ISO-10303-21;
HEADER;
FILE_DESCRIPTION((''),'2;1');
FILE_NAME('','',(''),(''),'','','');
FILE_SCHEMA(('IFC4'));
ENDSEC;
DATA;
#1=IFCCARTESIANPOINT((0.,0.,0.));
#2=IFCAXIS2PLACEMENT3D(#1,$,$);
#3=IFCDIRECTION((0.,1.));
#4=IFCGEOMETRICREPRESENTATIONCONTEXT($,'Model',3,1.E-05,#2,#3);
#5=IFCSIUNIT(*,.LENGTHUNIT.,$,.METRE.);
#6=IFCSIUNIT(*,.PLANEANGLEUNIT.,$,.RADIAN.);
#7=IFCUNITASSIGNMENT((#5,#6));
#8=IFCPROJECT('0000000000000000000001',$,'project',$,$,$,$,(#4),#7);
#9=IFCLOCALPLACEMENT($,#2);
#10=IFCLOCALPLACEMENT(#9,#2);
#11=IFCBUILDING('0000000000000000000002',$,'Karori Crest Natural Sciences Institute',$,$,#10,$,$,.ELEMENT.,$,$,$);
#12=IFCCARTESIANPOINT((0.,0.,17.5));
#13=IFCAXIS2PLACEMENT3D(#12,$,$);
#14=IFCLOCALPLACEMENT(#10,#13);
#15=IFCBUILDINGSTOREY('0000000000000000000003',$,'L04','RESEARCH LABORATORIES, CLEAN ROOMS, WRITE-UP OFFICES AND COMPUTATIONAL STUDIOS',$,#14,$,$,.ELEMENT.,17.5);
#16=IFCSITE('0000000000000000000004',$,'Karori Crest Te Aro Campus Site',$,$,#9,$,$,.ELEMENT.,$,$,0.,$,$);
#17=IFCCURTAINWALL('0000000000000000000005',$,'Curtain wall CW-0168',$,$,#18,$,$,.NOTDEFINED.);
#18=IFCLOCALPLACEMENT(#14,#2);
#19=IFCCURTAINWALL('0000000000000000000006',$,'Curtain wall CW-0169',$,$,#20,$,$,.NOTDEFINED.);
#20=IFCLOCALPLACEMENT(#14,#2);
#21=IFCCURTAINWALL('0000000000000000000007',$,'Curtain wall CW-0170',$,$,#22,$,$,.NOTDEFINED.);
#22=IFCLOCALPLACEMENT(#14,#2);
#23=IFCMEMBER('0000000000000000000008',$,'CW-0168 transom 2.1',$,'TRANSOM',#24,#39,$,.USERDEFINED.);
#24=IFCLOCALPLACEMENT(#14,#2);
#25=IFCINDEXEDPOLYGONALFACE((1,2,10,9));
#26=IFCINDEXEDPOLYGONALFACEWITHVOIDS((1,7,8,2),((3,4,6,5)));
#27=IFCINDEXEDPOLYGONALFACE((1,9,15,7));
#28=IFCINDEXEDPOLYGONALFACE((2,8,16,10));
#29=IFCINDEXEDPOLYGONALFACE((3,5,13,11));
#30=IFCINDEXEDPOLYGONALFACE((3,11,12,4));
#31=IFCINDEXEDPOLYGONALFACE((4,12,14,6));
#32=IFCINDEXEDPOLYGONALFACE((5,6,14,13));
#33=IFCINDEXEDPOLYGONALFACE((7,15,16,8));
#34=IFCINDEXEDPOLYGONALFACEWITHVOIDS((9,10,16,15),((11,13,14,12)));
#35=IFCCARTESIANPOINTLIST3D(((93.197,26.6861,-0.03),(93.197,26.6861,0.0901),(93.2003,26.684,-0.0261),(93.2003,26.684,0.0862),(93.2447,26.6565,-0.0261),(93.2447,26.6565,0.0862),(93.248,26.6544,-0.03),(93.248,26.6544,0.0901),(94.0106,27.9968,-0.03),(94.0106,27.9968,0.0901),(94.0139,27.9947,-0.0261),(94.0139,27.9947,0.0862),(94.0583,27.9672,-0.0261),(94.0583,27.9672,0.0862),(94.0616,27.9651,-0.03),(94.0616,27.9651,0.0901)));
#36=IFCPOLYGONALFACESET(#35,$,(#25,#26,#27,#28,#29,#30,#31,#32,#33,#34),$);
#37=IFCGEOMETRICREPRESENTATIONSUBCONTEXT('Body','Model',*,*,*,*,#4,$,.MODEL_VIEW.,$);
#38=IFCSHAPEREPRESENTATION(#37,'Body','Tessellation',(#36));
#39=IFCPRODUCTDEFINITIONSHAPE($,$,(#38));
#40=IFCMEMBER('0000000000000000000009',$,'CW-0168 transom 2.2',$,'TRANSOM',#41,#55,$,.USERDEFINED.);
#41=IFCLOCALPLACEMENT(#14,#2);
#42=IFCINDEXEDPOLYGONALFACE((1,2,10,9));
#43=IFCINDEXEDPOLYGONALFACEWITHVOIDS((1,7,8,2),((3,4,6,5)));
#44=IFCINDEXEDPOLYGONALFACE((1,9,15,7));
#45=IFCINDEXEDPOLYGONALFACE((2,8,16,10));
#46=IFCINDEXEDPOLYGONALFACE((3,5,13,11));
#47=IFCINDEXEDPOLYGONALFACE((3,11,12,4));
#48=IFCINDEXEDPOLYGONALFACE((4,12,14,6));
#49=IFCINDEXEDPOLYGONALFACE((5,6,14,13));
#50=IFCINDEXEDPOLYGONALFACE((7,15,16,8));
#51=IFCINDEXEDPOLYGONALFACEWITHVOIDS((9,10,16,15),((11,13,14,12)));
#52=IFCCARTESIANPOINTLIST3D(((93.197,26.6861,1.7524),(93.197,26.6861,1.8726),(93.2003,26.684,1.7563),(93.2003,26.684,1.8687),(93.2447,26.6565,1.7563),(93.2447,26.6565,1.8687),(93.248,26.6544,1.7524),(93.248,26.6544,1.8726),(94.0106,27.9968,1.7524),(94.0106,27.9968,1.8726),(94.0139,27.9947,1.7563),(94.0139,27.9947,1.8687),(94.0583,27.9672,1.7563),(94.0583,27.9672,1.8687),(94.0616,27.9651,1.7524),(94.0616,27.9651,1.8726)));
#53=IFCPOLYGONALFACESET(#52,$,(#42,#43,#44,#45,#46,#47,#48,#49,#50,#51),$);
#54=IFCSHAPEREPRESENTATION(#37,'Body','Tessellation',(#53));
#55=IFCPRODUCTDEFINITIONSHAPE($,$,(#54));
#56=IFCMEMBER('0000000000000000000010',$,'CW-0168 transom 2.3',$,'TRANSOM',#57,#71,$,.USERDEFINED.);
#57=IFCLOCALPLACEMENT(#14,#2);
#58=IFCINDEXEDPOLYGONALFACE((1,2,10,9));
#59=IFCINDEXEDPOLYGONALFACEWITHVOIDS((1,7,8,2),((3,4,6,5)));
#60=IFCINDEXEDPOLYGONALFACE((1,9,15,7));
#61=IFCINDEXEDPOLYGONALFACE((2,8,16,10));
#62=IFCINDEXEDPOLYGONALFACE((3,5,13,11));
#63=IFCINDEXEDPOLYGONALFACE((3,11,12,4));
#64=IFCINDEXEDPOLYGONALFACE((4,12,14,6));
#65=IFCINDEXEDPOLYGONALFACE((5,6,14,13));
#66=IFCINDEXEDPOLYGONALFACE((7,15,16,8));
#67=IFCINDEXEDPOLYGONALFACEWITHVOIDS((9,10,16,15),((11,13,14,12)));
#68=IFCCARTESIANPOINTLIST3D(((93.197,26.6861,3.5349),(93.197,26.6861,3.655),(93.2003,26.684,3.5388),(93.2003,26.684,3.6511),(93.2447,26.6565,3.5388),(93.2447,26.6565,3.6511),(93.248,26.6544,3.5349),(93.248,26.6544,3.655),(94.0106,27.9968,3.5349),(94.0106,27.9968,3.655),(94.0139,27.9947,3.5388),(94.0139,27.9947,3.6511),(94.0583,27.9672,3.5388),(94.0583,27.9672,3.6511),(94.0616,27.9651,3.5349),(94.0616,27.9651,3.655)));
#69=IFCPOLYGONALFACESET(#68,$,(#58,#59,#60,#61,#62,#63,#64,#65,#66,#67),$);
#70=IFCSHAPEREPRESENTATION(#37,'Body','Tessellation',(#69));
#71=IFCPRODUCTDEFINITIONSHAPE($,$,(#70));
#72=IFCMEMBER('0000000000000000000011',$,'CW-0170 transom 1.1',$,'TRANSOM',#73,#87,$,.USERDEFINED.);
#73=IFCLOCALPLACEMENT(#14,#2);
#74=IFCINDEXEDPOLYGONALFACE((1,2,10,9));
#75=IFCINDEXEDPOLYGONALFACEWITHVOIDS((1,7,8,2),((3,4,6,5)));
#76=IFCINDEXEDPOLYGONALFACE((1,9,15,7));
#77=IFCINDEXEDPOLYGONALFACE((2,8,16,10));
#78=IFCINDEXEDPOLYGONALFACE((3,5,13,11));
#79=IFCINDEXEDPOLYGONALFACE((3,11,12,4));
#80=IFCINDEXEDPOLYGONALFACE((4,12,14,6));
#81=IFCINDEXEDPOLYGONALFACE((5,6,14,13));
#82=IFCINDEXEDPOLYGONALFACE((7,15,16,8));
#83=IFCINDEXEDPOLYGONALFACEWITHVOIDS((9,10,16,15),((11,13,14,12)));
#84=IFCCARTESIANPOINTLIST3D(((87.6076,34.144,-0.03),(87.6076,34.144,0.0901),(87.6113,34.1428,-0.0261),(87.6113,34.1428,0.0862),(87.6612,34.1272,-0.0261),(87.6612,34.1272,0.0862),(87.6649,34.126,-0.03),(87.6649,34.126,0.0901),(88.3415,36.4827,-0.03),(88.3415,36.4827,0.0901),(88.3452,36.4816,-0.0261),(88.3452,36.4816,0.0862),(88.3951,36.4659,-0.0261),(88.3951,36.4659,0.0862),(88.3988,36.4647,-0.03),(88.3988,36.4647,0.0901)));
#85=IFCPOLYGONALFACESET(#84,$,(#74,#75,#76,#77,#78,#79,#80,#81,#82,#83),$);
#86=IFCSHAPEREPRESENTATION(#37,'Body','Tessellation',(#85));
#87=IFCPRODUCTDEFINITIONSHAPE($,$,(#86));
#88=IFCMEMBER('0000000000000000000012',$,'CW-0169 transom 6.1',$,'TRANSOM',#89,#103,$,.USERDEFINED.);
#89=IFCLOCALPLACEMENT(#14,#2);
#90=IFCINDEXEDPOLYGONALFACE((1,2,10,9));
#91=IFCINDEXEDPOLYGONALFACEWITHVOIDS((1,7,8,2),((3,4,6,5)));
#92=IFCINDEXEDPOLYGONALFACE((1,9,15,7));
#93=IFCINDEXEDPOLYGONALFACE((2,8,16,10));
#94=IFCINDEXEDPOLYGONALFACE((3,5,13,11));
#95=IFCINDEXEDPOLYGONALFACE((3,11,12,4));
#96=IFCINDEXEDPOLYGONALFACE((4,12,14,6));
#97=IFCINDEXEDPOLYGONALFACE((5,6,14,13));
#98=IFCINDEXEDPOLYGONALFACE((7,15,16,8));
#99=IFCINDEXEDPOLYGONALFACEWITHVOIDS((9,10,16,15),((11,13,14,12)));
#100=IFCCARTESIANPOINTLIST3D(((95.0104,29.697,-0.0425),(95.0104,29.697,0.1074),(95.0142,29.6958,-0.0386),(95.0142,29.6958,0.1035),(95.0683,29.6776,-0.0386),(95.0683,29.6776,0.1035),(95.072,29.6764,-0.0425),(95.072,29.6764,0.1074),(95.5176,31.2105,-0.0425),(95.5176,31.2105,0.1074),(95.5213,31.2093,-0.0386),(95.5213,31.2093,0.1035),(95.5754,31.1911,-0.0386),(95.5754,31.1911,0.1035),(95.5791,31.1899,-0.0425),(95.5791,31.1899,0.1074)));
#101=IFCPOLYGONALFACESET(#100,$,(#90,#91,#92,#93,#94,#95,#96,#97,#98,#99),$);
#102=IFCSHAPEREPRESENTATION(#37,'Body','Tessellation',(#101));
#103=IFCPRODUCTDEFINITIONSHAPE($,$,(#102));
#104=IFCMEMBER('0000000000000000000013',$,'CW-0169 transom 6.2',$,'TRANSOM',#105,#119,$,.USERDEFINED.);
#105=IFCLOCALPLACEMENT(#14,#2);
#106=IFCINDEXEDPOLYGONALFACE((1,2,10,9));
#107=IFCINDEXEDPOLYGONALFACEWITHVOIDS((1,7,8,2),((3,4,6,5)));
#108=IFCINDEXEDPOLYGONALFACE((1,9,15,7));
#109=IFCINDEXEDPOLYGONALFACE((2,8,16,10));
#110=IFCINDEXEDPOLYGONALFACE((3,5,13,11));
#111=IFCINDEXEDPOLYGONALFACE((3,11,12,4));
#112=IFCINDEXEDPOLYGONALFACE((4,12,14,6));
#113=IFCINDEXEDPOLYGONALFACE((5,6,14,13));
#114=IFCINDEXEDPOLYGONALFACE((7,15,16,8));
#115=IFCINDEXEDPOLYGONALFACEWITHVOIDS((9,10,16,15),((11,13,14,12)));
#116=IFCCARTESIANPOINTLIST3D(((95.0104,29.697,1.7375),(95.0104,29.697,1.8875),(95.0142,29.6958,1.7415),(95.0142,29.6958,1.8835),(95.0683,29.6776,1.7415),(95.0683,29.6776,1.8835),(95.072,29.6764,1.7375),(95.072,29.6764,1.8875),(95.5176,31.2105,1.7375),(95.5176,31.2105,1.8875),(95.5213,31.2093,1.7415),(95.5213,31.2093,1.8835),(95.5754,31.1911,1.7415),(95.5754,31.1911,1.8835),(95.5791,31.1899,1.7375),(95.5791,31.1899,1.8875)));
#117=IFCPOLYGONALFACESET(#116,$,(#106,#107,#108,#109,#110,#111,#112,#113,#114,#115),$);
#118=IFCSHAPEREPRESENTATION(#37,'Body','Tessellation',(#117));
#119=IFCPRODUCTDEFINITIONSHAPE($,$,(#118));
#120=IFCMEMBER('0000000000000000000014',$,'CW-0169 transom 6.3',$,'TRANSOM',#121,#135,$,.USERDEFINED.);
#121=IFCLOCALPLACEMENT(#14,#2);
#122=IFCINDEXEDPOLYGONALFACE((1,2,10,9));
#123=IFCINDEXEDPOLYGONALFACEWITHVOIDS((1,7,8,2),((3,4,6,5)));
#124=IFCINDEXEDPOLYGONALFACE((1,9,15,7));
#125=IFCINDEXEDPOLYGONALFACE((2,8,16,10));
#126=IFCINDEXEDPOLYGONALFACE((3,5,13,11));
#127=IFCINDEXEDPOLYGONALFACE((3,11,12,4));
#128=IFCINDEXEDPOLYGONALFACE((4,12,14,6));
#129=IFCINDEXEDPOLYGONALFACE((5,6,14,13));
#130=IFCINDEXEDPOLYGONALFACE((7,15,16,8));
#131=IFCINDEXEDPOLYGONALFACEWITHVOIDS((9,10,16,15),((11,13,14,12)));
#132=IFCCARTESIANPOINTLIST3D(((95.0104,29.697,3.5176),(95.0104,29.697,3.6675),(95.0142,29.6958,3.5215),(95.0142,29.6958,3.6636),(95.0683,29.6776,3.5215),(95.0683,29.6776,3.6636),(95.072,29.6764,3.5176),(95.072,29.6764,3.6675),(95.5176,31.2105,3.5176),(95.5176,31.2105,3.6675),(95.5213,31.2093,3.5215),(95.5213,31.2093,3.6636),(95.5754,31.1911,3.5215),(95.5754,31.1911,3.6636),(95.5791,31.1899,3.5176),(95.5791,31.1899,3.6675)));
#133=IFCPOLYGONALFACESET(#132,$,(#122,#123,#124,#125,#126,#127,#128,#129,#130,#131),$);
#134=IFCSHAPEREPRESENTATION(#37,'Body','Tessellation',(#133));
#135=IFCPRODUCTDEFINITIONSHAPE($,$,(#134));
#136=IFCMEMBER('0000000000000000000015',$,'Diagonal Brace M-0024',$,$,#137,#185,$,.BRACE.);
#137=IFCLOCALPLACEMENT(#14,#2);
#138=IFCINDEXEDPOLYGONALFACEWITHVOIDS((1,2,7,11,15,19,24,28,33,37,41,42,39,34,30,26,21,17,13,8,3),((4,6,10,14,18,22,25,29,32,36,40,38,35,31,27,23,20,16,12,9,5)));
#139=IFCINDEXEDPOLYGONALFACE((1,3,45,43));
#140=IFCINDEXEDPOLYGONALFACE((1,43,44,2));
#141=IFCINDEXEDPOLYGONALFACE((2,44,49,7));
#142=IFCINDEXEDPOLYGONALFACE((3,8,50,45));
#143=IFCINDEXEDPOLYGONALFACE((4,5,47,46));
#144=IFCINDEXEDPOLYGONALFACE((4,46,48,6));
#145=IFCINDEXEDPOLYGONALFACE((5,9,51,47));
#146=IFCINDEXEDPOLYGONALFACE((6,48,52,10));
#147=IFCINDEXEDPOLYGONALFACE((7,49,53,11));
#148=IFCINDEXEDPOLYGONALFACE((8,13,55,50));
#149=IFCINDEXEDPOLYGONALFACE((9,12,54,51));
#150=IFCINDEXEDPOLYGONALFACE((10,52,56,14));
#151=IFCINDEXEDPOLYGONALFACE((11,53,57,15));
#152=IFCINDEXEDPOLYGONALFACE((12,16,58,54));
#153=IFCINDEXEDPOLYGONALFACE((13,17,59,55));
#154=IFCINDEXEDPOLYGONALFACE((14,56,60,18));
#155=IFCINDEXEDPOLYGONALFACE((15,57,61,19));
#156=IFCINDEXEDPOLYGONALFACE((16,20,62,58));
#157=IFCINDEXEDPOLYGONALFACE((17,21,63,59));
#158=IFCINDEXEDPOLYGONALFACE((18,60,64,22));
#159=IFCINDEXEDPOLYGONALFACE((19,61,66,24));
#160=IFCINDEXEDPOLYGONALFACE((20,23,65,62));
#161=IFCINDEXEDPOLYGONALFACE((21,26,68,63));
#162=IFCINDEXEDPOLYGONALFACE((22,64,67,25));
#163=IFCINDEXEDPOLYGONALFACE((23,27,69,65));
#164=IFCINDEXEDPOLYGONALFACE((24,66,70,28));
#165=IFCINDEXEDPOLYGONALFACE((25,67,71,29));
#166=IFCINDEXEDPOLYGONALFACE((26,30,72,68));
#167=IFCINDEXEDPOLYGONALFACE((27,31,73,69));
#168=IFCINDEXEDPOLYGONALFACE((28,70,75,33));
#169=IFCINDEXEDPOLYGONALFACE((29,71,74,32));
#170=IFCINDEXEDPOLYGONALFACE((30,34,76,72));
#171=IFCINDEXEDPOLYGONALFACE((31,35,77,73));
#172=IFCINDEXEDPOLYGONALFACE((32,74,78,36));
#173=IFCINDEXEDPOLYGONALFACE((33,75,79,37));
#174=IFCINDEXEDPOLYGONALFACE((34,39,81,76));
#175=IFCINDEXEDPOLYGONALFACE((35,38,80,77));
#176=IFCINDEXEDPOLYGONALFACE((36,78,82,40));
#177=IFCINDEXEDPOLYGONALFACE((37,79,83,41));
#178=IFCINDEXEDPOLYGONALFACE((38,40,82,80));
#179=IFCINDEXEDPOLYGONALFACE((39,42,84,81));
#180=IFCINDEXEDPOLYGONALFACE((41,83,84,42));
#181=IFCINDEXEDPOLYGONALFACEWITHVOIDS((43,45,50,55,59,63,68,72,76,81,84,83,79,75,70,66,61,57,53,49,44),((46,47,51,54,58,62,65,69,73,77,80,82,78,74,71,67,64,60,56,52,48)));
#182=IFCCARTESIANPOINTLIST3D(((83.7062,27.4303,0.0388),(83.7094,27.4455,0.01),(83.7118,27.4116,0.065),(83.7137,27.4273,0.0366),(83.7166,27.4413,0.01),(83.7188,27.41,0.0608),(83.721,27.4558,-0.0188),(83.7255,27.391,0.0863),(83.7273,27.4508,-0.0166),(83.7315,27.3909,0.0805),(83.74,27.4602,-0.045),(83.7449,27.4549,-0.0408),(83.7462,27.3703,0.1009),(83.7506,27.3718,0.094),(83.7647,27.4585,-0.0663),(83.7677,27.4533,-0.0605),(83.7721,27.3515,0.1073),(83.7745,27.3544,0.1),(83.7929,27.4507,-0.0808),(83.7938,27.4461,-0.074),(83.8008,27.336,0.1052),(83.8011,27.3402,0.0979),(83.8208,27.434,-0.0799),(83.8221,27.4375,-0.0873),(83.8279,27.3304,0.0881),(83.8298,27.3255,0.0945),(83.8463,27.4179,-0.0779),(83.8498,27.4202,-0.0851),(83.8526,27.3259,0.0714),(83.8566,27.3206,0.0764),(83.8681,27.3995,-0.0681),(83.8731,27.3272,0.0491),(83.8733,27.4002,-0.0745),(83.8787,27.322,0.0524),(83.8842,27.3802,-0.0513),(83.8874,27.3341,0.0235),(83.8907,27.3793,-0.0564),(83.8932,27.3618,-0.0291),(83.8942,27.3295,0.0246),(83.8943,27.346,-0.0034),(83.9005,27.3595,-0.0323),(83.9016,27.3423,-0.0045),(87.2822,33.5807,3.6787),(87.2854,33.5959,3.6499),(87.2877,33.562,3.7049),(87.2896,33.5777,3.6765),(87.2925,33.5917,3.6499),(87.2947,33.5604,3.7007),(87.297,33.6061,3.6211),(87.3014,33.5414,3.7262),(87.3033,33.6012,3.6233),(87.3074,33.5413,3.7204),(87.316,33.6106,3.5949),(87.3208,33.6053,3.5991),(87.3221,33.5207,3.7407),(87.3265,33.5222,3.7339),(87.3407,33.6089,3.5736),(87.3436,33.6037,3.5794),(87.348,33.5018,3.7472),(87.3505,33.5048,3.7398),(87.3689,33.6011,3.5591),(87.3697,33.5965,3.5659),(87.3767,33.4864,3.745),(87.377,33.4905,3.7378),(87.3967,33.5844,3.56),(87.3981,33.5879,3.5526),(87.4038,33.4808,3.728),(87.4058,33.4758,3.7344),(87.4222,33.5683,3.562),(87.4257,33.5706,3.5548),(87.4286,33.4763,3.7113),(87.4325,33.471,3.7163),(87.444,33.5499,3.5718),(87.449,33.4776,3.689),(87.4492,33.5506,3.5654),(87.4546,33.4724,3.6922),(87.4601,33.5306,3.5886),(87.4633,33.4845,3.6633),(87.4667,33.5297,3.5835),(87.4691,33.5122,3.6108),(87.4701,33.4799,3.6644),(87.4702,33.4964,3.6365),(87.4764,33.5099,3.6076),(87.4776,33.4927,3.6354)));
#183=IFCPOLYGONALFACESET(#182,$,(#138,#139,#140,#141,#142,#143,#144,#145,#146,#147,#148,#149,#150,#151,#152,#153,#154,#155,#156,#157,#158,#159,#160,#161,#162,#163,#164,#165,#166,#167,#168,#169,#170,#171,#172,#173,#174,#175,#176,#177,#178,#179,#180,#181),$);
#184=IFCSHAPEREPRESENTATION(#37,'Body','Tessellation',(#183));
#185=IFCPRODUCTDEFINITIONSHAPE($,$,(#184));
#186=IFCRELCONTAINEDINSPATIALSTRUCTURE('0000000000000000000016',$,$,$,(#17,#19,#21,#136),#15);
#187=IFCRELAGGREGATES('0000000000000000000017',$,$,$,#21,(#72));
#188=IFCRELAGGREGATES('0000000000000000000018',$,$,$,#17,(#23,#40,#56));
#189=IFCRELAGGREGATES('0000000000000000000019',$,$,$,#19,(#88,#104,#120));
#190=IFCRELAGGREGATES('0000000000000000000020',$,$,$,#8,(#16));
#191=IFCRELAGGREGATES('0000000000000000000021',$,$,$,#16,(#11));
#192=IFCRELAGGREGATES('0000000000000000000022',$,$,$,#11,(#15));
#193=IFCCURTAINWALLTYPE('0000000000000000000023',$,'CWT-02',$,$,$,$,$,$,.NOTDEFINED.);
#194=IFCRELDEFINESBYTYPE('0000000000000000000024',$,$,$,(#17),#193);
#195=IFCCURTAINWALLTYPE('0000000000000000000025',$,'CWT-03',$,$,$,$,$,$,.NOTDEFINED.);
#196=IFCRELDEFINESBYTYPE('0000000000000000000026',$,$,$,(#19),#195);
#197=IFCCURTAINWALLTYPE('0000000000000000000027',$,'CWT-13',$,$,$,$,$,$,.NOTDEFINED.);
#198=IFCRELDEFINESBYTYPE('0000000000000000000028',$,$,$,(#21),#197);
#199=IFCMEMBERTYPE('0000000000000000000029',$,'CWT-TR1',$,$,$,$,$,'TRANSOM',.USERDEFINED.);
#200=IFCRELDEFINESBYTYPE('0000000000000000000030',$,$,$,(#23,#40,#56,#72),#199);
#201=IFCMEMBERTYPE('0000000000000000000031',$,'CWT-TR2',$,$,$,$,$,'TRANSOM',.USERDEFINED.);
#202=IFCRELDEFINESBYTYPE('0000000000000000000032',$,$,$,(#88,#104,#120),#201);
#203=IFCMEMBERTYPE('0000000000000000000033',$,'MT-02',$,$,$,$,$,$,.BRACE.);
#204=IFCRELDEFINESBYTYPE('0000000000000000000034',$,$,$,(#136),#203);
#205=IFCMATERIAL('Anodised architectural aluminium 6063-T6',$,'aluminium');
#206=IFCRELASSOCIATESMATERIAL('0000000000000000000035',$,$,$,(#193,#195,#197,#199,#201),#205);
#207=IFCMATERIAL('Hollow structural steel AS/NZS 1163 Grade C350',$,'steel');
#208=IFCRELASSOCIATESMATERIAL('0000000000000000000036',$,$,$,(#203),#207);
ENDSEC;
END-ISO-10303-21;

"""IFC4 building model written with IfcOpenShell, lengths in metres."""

from ifc_helpers import new_model, si_unit, direction, frame, origin, origin_2d, place, context, subcontext, project, spatial, hollow_rectangle, hollow_circle, extrude, material, material_profile, profile_set, type_object, element, aggregate, save


model = new_model("IFC4")

# Units and contexts
model_context = context("Model", 3, precision=1e-05, world=origin(), true_north=direction((0.0, 1.0)))
body_context = subcontext(model_context, "Body", "Model", "MODEL_VIEW")
ifc_project = project(units=[si_unit("LENGTHUNIT", "METRE"), si_unit("PLANEANGLEUNIT", "RADIAN")], contexts=[model_context])

# Site, building, storey
site_placement = place(None, origin())
site = spatial("IfcSite", under=ifc_project, at=site_placement, Name="Karori Crest Te Aro Campus Site", CompositionType="ELEMENT", RefElevation=0.0)
building_placement = place(site_placement, origin())
building = spatial("IfcBuilding", under=site, at=building_placement, Name="Karori Crest Natural Sciences Institute", CompositionType="ELEMENT")
storey_placement = place(building_placement, frame((0.0, 0.0, 17.5)))
storey = spatial("IfcBuildingStorey", under=building, at=storey_placement, Name="L04", Description="RESEARCH LABORATORIES, CLEAN ROOMS, WRITE-UP OFFICES AND COMPUTATIONAL STUDIOS", CompositionType="ELEMENT", Elevation=17.5)

# Shared definitions
ifc_material_1 = material(Name="Hollow structural steel AS/NZS 1163 Grade C350", Category="steel")

# Curtain walls
ifc_material_2 = material(Name="Anodised architectural aluminium 6063-T6", Category="aluminium")
curtain_wall_type_1 = type_object("IfcCurtainWallType", Name="CWT-02", PredefinedType="NOTDEFINED", material=ifc_material_2)
curtain_wall_1_placement = place(storey_placement, origin())
curtain_wall_1 = element("IfcCurtainWall", 1, at=curtain_wall_1_placement, inside=storey, type_object=curtain_wall_type_1, Name="Curtain wall CW-0168", PredefinedType="NOTDEFINED")
curtain_wall_type_2 = type_object("IfcCurtainWallType", Name="CWT-03", PredefinedType="NOTDEFINED", material=ifc_material_2)
curtain_wall_2_placement = place(storey_placement, origin())
curtain_wall_2 = element("IfcCurtainWall", 2, at=curtain_wall_2_placement, inside=storey, type_object=curtain_wall_type_2, Name="Curtain wall CW-0169", PredefinedType="NOTDEFINED")

# Curtain wall
curtain_wall_type_3 = type_object("IfcCurtainWallType", Name="CWT-13", PredefinedType="NOTDEFINED", material=ifc_material_2)
curtain_wall_3_placement = place(storey_placement, origin())
curtain_wall_3 = element("IfcCurtainWall", 3, at=curtain_wall_3_placement, inside=storey, type_object=curtain_wall_type_3, Name="Curtain wall CW-0170", PredefinedType="NOTDEFINED")

# Members
ifc_material_profile_1 = material_profile(ifc_material_2, hollow_rectangle(XDim=0.0601, YDim=0.1201, WallThickness=0.0039, at=origin_2d()), Name="CWT120x60x4")
ifc_profile_set_1 = profile_set([ifc_material_profile_1], Name="Anodised architectural aluminium 6063-T6")
member_type_1 = type_object("IfcMemberType", Name="CWT-TR1", ElementType="TRANSOM", PredefinedType="USERDEFINED", material=ifc_profile_set_1)
member_1_placement = place(storey_placement, frame((94.0361, 27.981, 0.03), z_axis=(-0.527422, -0.849603, 0.0), x_axis=(0.849603, -0.527422, 0.0)))
member_1 = element("IfcMember", 4, at=member_1_placement, type_object=member_type_1, Name="CW-0168 transom 2.1", ObjectType="TRANSOM", PredefinedType="USERDEFINED", context=body_context, shape_type="SweptSolid", body=[
    extrude(hollow_rectangle(XDim=0.0601, YDim=0.1201, WallThickness=0.0039, at=origin_2d()), origin(), (0.0, 0.0, 1.0), 1.5427),
])
member_2_placement = place(storey_placement, frame((94.0361, 27.981, 1.8125), z_axis=(-0.527422, -0.849603, 0.0), x_axis=(0.849603, -0.527422, 0.0)))
member_2 = element("IfcMember", 5, at=member_2_placement, type_object=member_type_1, Name="CW-0168 transom 2.2", ObjectType="TRANSOM", PredefinedType="USERDEFINED", context=body_context, shape_type="SweptSolid", body=[
    extrude(hollow_rectangle(XDim=0.0601, YDim=0.1201, WallThickness=0.0039, at=origin_2d()), origin(), (0.0, 0.0, 1.0), 1.5427),
])
member_3_placement = place(storey_placement, frame((94.0361, 27.981, 3.595), z_axis=(-0.527422, -0.849603, 0.0), x_axis=(0.849603, -0.527422, 0.0)))
member_3 = element("IfcMember", 6, at=member_3_placement, type_object=member_type_1, Name="CW-0168 transom 2.3", ObjectType="TRANSOM", PredefinedType="USERDEFINED", context=body_context, shape_type="SweptSolid", body=[
    extrude(hollow_rectangle(XDim=0.0601, YDim=0.1201, WallThickness=0.0039, at=origin_2d()), origin(), (0.0, 0.0, 1.0), 1.5427),
])
member_4_placement = place(storey_placement, frame((87.6362, 34.135, 0.03), z_axis=(0.299415, 0.954123, 0.0), x_axis=(-0.954123, 0.299415, 0.0)))
member_4 = element("IfcMember", 7, at=member_4_placement, type_object=member_type_1, Name="CW-0170 transom 1.1", ObjectType="TRANSOM", PredefinedType="USERDEFINED", context=body_context, shape_type="SweptSolid", body=[
    extrude(hollow_rectangle(XDim=0.0601, YDim=0.1201, WallThickness=0.0039, at=origin_2d()), origin(), (0.0, 0.0, 1.0), 2.4512),
])
aggregate(curtain_wall_3, [member_4])
ifc_material_profile_2 = material_profile(ifc_material_2, hollow_rectangle(XDim=0.0649, YDim=0.1499, WallThickness=0.0039, at=origin_2d()), Name="CWT150x65x4")
ifc_profile_set_2 = profile_set([ifc_material_profile_2], Name="Anodised architectural aluminium 6063-T6")
member_type_2 = type_object("IfcMemberType", Name="CWT-TR2", ElementType="TRANSOM", PredefinedType="USERDEFINED", material=ifc_profile_set_2)
member_5_placement = place(storey_placement, frame((95.5483, 31.2002, 0.0325), z_axis=(-0.317696, -0.948193, 0.0), x_axis=(0.948193, -0.317696, 0.0)))
member_5 = element("IfcMember", 8, at=member_5_placement, type_object=member_type_2, Name="CW-0169 transom 6.1", ObjectType="TRANSOM", PredefinedType="USERDEFINED", context=body_context, shape_type="SweptSolid", body=[
    extrude(hollow_rectangle(XDim=0.0649, YDim=0.1499, WallThickness=0.0039, at=origin_2d()), origin(), (0.0, 0.0, 1.0), 1.5962),
])
member_6_placement = place(storey_placement, frame((95.5483, 31.2002, 1.8125), z_axis=(-0.317696, -0.948193, 0.0), x_axis=(0.948193, -0.317696, 0.0)))
member_6 = element("IfcMember", 9, at=member_6_placement, type_object=member_type_2, Name="CW-0169 transom 6.2", ObjectType="TRANSOM", PredefinedType="USERDEFINED", context=body_context, shape_type="SweptSolid", body=[
    extrude(hollow_rectangle(XDim=0.0649, YDim=0.1499, WallThickness=0.0039, at=origin_2d()), origin(), (0.0, 0.0, 1.0), 1.5962),
])
member_7_placement = place(storey_placement, frame((95.5483, 31.2002, 3.5925), z_axis=(-0.317696, -0.948193, 0.0), x_axis=(0.948193, -0.317696, 0.0)))
member_7 = element("IfcMember", 10, at=member_7_placement, type_object=member_type_2, Name="CW-0169 transom 6.3", ObjectType="TRANSOM", PredefinedType="USERDEFINED", context=body_context, shape_type="SweptSolid", body=[
    extrude(hollow_rectangle(XDim=0.0649, YDim=0.1499, WallThickness=0.0039, at=origin_2d()), origin(), (0.0, 0.0, 1.0), 1.5962),
])
ifc_material_profile_3 = material_profile(ifc_material_1, hollow_circle(Radius=0.1096, WallThickness=0.0083, at=origin_2d()), Name="CHS219.1x8.2")
ifc_profile_set_3 = profile_set([ifc_material_profile_3], Name="Hollow structural steel AS/NZS 1163 Grade C350")
member_type_3 = type_object("IfcMemberType", Name="MT-02", PredefinedType="BRACE", material=ifc_profile_set_3)
member_8_placement = place(storey_placement, frame((83.8042, 27.3904, 0.01), z_axis=(0.447469, 0.769621, 0.455473), x_axis=(-0.8645, 0.502633, 0.0)))
element("IfcMember", 11, at=member_8_placement, inside=storey, type_object=member_type_3, Name="Diagonal Brace M-0024", PredefinedType="BRACE", context=body_context, shape_type="SweptSolid", body=[
    extrude(hollow_circle(Radius=0.1096, WallThickness=0.0083, at=origin_2d()), origin(), (0.0, 0.0, 1.0), 7.9915),
])

aggregate(curtain_wall_1, [member_1, member_2, member_3])
aggregate(curtain_wall_2, [member_5, member_6, member_7])

save(model, "model.ifc")
